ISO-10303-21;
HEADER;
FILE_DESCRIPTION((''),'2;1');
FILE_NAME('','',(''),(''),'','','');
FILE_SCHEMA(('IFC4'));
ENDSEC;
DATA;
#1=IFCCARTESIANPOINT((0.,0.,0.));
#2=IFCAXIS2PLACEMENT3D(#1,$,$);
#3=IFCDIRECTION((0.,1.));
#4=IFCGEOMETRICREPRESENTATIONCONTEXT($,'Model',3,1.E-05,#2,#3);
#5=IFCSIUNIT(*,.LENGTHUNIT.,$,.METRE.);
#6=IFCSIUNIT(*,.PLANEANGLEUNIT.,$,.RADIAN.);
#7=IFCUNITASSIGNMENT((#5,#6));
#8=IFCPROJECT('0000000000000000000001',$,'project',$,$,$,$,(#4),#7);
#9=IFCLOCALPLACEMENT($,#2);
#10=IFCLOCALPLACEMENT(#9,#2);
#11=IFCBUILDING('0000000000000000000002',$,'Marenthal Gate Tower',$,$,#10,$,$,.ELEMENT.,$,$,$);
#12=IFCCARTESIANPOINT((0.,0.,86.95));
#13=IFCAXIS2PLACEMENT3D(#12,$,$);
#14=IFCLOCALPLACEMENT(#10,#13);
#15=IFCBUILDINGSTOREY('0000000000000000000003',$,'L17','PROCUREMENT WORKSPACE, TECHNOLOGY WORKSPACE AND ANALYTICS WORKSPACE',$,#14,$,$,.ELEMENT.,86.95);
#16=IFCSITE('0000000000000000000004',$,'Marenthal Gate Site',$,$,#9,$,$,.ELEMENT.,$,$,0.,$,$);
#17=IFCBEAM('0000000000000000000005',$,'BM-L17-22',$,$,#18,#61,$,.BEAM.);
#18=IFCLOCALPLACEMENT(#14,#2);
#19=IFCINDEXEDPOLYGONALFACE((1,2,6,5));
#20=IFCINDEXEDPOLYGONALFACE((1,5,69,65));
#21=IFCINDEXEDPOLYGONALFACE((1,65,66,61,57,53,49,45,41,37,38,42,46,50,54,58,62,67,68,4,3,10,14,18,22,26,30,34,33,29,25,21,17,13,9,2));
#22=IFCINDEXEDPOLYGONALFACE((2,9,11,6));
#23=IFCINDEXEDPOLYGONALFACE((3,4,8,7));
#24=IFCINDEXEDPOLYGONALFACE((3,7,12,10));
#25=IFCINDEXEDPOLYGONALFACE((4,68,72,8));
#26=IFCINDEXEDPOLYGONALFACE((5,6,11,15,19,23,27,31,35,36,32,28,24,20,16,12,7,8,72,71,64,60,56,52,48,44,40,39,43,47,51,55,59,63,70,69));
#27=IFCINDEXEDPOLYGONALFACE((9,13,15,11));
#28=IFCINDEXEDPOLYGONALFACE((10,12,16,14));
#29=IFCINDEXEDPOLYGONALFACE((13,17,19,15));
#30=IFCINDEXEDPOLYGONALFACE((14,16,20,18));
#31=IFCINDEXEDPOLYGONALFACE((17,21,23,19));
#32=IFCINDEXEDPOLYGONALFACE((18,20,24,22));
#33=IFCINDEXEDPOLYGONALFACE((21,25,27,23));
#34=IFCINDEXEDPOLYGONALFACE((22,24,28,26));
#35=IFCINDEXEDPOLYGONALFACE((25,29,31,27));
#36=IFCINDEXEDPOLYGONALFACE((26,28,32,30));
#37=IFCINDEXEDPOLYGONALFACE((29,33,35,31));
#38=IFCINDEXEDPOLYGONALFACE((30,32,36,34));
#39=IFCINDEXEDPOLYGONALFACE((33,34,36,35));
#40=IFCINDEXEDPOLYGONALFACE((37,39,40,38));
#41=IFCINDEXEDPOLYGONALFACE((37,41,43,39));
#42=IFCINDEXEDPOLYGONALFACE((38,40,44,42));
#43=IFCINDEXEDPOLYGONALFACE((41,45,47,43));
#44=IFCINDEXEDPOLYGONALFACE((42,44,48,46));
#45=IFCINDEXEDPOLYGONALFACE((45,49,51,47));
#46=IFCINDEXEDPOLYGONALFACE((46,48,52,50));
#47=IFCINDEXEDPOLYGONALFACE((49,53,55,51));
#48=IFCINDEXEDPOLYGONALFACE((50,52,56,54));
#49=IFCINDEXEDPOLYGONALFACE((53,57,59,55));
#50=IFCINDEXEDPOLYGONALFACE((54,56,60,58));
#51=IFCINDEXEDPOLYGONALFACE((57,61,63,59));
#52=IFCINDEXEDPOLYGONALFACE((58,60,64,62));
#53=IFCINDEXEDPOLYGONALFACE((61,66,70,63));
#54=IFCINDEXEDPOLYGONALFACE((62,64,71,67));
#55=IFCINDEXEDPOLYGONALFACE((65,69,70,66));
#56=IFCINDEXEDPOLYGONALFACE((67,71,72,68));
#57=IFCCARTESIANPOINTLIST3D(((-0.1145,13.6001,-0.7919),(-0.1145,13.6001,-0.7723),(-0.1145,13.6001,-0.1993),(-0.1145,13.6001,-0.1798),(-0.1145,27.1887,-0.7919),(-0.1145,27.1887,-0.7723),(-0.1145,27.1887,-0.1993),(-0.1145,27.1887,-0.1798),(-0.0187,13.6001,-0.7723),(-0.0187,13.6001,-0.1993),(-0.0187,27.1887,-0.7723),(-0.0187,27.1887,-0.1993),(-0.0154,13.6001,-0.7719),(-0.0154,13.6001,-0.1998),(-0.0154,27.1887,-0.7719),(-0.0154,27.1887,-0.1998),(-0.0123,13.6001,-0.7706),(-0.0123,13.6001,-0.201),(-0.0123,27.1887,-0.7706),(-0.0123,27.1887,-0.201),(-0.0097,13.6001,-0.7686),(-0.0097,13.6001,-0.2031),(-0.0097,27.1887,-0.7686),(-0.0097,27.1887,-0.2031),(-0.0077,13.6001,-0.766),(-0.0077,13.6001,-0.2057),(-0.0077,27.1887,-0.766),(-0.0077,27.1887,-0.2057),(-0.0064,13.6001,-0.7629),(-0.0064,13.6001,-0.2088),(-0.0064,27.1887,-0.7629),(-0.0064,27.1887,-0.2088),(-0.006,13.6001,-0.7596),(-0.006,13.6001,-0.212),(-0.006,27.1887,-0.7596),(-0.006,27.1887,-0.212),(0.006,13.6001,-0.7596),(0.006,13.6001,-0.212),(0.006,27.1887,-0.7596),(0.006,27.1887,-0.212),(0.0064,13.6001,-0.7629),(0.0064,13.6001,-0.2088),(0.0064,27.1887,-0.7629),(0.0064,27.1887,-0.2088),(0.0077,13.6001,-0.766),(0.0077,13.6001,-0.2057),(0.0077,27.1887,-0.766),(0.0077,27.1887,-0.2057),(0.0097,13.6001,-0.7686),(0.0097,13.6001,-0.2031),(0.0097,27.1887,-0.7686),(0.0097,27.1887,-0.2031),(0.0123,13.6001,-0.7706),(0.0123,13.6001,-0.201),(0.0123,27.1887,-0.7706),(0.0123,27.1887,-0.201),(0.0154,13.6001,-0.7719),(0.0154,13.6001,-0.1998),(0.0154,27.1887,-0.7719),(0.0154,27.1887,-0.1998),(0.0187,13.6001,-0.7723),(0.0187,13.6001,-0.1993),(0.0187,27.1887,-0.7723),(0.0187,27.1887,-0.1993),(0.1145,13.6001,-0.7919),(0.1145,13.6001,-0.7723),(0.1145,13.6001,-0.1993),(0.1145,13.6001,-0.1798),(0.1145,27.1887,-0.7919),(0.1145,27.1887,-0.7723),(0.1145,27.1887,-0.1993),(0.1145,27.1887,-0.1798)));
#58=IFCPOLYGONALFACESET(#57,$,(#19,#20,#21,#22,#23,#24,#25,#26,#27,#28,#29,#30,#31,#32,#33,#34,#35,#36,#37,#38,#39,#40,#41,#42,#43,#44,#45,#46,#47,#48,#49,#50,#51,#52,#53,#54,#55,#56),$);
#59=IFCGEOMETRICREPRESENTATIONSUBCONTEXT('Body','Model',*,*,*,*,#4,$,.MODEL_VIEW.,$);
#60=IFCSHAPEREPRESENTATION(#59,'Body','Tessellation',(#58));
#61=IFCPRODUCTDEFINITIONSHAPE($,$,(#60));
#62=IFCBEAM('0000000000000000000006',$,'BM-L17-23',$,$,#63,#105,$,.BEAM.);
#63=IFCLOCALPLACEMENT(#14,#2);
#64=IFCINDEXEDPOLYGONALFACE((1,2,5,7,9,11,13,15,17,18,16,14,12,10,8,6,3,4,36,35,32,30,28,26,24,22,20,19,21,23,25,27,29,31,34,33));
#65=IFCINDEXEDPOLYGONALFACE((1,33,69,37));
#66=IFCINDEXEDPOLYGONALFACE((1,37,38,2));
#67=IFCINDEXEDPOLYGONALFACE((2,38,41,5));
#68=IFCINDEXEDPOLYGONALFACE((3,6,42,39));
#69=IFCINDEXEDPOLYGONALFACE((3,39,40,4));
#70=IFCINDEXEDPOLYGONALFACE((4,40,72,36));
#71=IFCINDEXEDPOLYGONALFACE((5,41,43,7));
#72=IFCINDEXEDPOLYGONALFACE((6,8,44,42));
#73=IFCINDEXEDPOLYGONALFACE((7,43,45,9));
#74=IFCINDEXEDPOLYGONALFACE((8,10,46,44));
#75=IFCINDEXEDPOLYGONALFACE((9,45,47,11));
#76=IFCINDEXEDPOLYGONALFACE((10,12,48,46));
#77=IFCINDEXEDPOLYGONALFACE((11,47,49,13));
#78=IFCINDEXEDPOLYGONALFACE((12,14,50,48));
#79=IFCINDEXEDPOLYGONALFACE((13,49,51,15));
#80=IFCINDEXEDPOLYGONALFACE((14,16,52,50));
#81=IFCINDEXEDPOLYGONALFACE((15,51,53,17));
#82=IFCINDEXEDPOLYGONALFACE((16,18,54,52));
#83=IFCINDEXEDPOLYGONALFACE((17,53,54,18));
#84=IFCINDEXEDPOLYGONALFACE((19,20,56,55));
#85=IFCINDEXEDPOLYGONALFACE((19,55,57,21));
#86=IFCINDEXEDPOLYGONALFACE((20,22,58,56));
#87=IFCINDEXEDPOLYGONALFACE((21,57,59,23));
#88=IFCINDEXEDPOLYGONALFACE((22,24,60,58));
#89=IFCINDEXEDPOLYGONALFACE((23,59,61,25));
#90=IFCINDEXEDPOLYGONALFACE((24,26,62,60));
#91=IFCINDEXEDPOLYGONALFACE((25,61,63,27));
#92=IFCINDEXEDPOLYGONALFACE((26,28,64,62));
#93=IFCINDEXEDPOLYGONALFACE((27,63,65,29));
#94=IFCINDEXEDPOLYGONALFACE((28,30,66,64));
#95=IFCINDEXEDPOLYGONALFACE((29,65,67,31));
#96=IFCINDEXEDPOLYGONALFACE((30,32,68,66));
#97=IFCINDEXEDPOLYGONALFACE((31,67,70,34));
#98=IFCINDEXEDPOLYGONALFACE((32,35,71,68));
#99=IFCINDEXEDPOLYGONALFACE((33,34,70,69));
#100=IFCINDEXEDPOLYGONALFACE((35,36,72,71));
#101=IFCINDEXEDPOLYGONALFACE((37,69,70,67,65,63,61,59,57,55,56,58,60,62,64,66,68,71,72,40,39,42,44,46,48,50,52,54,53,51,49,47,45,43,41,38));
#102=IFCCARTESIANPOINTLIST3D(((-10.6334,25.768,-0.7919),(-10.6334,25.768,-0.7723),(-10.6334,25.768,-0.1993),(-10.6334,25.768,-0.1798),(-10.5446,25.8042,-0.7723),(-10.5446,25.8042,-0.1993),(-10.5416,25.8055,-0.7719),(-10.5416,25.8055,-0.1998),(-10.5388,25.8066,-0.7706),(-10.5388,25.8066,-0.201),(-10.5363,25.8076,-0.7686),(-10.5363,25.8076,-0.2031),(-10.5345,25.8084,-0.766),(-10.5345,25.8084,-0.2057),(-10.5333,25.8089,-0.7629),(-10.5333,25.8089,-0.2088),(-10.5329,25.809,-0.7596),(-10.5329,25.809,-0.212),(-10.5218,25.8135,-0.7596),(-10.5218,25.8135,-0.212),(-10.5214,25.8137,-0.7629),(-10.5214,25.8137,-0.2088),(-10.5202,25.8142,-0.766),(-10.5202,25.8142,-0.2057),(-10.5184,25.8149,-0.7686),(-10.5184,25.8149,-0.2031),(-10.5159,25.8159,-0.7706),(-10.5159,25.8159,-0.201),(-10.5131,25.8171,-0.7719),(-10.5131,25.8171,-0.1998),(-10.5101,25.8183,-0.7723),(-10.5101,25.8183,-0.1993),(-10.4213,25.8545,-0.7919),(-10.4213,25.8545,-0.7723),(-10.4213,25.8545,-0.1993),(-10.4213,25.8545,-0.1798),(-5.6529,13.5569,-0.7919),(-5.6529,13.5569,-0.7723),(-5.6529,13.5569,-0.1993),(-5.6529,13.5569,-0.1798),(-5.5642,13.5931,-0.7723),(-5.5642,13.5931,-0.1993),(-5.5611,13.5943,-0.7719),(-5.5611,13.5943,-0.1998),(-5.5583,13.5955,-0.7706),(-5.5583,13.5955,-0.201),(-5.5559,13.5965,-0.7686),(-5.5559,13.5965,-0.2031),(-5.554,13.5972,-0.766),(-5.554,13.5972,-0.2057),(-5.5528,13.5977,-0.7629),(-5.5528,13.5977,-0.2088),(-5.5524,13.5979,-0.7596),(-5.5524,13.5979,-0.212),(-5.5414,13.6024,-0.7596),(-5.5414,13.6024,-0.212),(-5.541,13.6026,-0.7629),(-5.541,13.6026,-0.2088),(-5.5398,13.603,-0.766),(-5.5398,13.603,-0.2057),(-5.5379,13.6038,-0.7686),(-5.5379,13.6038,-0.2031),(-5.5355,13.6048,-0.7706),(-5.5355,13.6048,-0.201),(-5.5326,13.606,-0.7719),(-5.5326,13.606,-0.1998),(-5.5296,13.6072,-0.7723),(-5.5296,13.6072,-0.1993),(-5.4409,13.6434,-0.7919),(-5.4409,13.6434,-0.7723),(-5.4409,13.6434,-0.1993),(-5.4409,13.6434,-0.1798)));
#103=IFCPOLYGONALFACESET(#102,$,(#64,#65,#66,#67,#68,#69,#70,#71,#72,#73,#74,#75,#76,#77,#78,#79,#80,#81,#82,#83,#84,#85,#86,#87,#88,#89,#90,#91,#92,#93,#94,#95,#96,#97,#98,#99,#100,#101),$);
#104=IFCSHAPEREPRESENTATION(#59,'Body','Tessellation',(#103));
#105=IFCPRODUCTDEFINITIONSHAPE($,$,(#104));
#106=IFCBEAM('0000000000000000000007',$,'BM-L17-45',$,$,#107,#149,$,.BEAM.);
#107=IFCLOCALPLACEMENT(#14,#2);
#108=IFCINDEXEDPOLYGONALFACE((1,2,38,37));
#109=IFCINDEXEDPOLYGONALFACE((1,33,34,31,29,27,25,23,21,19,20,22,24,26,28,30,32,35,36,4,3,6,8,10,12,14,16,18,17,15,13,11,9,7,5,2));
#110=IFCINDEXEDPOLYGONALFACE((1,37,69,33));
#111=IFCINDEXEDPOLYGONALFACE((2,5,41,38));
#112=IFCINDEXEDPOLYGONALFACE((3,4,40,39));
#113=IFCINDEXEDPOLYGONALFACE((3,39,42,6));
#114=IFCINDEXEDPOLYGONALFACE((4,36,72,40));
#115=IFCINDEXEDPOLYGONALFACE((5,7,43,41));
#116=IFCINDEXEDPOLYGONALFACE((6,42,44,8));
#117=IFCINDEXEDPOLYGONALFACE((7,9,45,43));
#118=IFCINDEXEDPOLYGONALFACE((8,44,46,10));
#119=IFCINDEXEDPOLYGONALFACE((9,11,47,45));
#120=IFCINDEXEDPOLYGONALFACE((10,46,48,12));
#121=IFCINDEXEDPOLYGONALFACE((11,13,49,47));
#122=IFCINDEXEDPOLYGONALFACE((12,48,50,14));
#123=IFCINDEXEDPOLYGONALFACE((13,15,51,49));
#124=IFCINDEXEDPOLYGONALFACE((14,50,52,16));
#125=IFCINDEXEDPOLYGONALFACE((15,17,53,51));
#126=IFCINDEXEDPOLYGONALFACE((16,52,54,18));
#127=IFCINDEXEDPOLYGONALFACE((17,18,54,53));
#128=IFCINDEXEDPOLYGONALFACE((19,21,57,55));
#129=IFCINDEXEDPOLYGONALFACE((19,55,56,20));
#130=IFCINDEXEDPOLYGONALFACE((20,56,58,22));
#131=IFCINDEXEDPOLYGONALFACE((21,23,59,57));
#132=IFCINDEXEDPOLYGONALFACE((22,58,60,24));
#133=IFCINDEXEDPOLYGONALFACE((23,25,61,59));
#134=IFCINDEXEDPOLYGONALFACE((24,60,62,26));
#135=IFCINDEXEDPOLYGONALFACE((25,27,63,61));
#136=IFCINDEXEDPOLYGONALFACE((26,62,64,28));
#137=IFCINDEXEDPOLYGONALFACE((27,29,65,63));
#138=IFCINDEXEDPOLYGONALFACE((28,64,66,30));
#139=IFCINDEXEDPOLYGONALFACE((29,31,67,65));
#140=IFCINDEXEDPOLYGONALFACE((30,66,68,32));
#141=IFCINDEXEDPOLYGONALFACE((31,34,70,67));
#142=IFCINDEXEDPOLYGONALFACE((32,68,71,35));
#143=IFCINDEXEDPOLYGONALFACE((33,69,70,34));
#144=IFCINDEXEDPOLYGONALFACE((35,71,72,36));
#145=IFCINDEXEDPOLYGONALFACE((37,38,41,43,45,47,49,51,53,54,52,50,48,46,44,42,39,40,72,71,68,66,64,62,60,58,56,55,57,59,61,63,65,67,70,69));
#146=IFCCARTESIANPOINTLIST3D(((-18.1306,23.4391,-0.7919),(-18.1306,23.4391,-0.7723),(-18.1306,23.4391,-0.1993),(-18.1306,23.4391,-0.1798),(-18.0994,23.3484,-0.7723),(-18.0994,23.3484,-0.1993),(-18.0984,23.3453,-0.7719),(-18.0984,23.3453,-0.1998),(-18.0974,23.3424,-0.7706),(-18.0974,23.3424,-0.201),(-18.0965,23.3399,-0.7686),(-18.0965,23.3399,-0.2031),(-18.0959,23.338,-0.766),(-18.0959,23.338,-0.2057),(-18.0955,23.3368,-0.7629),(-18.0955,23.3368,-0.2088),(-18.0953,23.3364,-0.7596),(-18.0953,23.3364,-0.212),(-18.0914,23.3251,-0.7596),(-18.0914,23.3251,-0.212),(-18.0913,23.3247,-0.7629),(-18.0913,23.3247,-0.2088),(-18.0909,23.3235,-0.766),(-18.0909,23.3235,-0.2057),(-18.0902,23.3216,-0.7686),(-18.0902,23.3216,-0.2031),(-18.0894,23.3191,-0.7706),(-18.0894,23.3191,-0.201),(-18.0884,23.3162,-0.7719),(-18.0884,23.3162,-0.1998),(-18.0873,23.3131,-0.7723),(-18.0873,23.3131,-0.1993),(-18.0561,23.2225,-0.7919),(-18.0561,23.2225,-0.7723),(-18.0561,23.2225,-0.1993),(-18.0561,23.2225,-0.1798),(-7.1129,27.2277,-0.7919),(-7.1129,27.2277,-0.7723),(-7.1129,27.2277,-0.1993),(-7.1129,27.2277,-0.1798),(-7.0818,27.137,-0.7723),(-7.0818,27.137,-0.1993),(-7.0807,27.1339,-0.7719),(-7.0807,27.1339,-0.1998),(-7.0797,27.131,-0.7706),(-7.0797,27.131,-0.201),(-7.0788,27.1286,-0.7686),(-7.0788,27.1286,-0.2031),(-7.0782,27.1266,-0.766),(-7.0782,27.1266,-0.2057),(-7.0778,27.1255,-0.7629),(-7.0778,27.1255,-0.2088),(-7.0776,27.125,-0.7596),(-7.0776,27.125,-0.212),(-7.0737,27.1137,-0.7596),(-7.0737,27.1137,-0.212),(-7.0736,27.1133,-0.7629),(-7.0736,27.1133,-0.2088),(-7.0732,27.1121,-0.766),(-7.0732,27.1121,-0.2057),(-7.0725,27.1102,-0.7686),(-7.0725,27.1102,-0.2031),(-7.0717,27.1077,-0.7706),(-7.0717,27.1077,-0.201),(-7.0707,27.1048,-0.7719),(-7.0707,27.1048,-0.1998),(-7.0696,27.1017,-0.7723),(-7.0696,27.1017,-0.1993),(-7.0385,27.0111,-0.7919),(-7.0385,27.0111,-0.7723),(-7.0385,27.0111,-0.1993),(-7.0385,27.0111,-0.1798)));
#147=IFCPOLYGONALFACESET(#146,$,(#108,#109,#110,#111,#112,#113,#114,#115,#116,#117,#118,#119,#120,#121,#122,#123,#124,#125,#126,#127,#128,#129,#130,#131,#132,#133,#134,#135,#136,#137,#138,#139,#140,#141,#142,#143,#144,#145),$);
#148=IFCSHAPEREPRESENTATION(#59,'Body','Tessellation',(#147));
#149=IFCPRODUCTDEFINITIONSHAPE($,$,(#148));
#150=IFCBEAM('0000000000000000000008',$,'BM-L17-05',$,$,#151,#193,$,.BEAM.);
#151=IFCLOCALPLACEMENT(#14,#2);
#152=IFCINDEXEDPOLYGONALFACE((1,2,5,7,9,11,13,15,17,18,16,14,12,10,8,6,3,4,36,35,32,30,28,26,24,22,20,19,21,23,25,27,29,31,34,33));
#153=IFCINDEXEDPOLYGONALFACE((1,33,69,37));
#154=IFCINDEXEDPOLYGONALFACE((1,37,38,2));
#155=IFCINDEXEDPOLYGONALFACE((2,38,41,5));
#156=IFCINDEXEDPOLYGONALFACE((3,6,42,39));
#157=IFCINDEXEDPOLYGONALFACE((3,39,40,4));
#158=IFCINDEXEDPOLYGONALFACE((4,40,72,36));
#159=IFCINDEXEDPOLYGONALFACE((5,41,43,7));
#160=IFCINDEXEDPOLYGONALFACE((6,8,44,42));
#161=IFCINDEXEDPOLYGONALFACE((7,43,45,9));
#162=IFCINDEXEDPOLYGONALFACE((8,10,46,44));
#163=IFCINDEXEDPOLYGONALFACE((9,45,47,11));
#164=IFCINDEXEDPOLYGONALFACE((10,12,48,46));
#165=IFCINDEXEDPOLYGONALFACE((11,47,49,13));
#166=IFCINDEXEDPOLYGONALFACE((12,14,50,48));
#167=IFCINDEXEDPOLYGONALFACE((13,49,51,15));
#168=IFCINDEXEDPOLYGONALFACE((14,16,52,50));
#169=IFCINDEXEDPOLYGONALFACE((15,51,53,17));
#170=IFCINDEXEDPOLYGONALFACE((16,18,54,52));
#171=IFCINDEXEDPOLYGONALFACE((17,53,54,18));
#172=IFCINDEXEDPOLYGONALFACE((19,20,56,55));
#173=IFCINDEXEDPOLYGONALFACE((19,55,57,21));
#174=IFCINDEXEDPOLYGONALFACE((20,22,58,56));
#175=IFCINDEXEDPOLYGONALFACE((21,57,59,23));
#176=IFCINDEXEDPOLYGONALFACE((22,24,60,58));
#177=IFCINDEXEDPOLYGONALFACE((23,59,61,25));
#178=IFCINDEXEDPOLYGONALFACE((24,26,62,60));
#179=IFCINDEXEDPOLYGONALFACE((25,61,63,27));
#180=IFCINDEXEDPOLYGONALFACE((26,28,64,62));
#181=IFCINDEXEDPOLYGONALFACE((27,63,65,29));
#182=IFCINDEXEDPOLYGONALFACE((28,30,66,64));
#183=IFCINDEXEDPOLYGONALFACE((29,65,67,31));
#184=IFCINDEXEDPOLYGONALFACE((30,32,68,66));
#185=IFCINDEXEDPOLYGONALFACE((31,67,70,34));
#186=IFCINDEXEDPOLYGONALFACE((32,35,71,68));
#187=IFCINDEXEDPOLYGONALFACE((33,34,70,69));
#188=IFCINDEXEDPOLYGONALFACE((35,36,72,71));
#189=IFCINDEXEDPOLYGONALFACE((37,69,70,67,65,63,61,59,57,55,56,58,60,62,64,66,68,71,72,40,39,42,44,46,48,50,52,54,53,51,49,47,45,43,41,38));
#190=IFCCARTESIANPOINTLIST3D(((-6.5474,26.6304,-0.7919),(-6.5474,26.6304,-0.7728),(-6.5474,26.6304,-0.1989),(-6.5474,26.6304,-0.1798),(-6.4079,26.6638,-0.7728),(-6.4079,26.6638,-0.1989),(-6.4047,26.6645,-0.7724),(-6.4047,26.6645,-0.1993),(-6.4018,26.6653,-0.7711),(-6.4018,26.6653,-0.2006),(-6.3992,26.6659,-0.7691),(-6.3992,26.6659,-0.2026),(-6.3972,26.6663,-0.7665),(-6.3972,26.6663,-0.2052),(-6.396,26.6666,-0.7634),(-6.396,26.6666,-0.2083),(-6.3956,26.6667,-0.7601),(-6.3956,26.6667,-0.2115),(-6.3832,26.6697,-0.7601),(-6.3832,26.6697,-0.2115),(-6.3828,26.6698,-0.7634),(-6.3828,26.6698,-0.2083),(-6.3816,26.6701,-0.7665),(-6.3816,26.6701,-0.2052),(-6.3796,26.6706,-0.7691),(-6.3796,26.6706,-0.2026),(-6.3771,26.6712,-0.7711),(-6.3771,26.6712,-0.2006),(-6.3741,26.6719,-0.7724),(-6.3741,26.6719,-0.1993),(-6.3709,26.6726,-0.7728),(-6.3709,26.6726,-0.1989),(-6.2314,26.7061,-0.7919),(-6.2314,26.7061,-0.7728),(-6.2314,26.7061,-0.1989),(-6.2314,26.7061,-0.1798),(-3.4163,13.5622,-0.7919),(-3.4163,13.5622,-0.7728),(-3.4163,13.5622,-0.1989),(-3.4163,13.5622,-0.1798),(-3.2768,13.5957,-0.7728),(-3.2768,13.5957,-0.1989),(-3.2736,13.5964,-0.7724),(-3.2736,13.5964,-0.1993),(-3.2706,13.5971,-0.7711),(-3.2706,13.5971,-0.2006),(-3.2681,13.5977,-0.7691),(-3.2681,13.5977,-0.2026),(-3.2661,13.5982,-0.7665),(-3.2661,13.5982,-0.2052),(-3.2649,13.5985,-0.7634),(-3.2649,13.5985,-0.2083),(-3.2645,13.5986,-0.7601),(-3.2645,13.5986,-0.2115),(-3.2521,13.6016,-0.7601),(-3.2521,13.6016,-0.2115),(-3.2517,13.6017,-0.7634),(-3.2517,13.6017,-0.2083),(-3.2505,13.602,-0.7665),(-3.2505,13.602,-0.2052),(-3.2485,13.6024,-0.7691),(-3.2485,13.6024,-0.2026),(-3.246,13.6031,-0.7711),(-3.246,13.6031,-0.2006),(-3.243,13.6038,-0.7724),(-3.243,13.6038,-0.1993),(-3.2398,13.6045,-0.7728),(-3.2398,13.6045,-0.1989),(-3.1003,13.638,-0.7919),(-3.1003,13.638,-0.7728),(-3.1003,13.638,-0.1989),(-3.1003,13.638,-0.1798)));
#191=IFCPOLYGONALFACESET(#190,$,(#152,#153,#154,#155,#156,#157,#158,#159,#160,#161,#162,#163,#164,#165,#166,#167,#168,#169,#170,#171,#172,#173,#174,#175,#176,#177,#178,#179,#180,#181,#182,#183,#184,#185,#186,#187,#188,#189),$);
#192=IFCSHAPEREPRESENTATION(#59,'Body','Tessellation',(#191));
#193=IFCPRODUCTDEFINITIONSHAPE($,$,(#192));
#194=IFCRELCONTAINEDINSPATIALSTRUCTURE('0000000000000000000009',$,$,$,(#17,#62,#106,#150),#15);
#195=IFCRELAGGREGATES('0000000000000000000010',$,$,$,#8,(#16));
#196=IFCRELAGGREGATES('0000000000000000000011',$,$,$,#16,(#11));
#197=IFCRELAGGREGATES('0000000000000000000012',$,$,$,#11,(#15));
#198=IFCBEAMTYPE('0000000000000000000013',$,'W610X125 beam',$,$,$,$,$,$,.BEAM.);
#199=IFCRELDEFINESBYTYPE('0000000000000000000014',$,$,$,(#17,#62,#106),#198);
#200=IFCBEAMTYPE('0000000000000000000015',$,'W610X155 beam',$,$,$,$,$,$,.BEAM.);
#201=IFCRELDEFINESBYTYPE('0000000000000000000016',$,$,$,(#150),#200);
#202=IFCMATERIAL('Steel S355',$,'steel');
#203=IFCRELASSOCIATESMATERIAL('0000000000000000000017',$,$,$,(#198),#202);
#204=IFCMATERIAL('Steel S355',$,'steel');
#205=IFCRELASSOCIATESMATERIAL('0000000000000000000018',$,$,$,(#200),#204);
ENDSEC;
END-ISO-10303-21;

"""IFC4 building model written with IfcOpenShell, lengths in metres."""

from ifc_helpers import new_model, si_unit, direction, frame, origin, origin_2d, place, context, subcontext, project, spatial, i_section, extrude, material, material_profile, profile_set, type_object, element, save


model = new_model("IFC4")

# Units and contexts
model_context = context("Model", 3, precision=1e-05, world=origin(), true_north=direction((0.0, 1.0)))
body_context = subcontext(model_context, "Body", "Model", "MODEL_VIEW")
ifc_project = project(units=[si_unit("LENGTHUNIT", "METRE"), si_unit("PLANEANGLEUNIT", "RADIAN")], contexts=[model_context])

# Site, building, storey
site_placement = place(None, origin())
site = spatial("IfcSite", under=ifc_project, at=site_placement, Name="Marenthal Gate Site", CompositionType="ELEMENT", RefElevation=0.0)
building_placement = place(site_placement, origin())
building = spatial("IfcBuilding", under=site, at=building_placement, Name="Marenthal Gate Tower", CompositionType="ELEMENT")
storey_placement = place(building_placement, frame((0.0, 0.0, 86.95)))
storey = spatial("IfcBuildingStorey", under=building, at=storey_placement, Name="L17", Description="PROCUREMENT WORKSPACE, TECHNOLOGY WORKSPACE AND ANALYTICS WORKSPACE", CompositionType="ELEMENT", Elevation=86.95)

# Beams
ifc_material_1 = material(Name="Steel S355", Category="steel")
ifc_material_profile_1 = material_profile(ifc_material_1, i_section(OverallWidth=0.229, OverallDepth=0.6121, WebThickness=0.012, FlangeThickness=0.0195, FilletRadius=0.0127, at=origin_2d()), Name="W610X125")
ifc_profile_set_1 = profile_set([ifc_material_profile_1], Name="Steel S355")
beam_type_1 = type_object("IfcBeamType", Name="W610X125 beam", PredefinedType="BEAM", material=ifc_profile_set_1)
beam_1_placement = place(storey_placement, frame((0.0, 27.1887, -0.4858), z_axis=(0.0, -1.0, 0.0), x_axis=(1.0, 0.0, 0.0)))
element("IfcBeam", 1, at=beam_1_placement, inside=storey, type_object=beam_type_1, Name="BM-L17-22", PredefinedType="BEAM", context=body_context, shape_type="SweptSolid", body=[
    extrude(i_section(OverallWidth=0.229, OverallDepth=0.6121, WebThickness=0.012, FlangeThickness=0.0195, FilletRadius=0.0127, at=origin_2d()), origin(), (0.0, 0.0, 1.0), 13.5886),
])
beam_2_placement = place(storey_placement, frame((-10.5273, 25.8113, -0.4858), z_axis=(0.377657, -0.925945, 0.0), x_axis=(0.925945, 0.377657, 0.0)))
element("IfcBeam", 2, at=beam_2_placement, inside=storey, type_object=beam_type_1, Name="BM-L17-23", PredefinedType="BEAM", context=body_context, shape_type="SweptSolid", body=[
    extrude(i_section(OverallWidth=0.229, OverallDepth=0.6121, WebThickness=0.012, FlangeThickness=0.0195, FilletRadius=0.0127, at=origin_2d()), origin(), (0.0, 0.0, 1.0), 13.1877),
])
beam_3_placement = place(storey_placement, frame((-7.0757, 27.1194, -0.4858), z_axis=(-0.945653, -0.325178, 0.0), x_axis=(0.325178, -0.945653, 0.0)))
element("IfcBeam", 3, at=beam_3_placement, inside=storey, type_object=beam_type_1, Name="BM-L17-45", PredefinedType="BEAM", context=body_context, shape_type="SweptSolid", body=[
    extrude(i_section(OverallWidth=0.229, OverallDepth=0.6121, WebThickness=0.012, FlangeThickness=0.0195, FilletRadius=0.0127, at=origin_2d()), origin(), (0.0, 0.0, 1.0), 11.6509),
])
ifc_material_2 = material(Name="Steel S355", Category="steel")
ifc_material_profile_2 = material_profile(ifc_material_2, i_section(OverallWidth=0.325, OverallDepth=0.6121, WebThickness=0.0127, FlangeThickness=0.019, FilletRadius=0.0127, at=origin_2d()), Name="W610X155")
ifc_profile_set_2 = profile_set([ifc_material_profile_2], Name="Steel S355")
beam_type_2 = type_object("IfcBeamType", Name="W610X155 beam", PredefinedType="BEAM", material=ifc_profile_set_2)
beam_4_placement = place(storey_placement, frame((-6.3894, 26.6682, -0.4858), z_axis=(0.233004, -0.972476, 0.0), x_axis=(0.972476, 0.233004, 0.0)))
element("IfcBeam", 4, at=beam_4_placement, inside=storey, type_object=beam_type_2, Name="BM-L17-05", PredefinedType="BEAM", context=body_context, shape_type="SweptSolid", body=[
    extrude(i_section(OverallWidth=0.325, OverallDepth=0.6121, WebThickness=0.0127, FlangeThickness=0.019, FilletRadius=0.0127, at=origin_2d()), origin(), (0.0, 0.0, 1.0), 13.438),
])

save(model, "model.ifc")
